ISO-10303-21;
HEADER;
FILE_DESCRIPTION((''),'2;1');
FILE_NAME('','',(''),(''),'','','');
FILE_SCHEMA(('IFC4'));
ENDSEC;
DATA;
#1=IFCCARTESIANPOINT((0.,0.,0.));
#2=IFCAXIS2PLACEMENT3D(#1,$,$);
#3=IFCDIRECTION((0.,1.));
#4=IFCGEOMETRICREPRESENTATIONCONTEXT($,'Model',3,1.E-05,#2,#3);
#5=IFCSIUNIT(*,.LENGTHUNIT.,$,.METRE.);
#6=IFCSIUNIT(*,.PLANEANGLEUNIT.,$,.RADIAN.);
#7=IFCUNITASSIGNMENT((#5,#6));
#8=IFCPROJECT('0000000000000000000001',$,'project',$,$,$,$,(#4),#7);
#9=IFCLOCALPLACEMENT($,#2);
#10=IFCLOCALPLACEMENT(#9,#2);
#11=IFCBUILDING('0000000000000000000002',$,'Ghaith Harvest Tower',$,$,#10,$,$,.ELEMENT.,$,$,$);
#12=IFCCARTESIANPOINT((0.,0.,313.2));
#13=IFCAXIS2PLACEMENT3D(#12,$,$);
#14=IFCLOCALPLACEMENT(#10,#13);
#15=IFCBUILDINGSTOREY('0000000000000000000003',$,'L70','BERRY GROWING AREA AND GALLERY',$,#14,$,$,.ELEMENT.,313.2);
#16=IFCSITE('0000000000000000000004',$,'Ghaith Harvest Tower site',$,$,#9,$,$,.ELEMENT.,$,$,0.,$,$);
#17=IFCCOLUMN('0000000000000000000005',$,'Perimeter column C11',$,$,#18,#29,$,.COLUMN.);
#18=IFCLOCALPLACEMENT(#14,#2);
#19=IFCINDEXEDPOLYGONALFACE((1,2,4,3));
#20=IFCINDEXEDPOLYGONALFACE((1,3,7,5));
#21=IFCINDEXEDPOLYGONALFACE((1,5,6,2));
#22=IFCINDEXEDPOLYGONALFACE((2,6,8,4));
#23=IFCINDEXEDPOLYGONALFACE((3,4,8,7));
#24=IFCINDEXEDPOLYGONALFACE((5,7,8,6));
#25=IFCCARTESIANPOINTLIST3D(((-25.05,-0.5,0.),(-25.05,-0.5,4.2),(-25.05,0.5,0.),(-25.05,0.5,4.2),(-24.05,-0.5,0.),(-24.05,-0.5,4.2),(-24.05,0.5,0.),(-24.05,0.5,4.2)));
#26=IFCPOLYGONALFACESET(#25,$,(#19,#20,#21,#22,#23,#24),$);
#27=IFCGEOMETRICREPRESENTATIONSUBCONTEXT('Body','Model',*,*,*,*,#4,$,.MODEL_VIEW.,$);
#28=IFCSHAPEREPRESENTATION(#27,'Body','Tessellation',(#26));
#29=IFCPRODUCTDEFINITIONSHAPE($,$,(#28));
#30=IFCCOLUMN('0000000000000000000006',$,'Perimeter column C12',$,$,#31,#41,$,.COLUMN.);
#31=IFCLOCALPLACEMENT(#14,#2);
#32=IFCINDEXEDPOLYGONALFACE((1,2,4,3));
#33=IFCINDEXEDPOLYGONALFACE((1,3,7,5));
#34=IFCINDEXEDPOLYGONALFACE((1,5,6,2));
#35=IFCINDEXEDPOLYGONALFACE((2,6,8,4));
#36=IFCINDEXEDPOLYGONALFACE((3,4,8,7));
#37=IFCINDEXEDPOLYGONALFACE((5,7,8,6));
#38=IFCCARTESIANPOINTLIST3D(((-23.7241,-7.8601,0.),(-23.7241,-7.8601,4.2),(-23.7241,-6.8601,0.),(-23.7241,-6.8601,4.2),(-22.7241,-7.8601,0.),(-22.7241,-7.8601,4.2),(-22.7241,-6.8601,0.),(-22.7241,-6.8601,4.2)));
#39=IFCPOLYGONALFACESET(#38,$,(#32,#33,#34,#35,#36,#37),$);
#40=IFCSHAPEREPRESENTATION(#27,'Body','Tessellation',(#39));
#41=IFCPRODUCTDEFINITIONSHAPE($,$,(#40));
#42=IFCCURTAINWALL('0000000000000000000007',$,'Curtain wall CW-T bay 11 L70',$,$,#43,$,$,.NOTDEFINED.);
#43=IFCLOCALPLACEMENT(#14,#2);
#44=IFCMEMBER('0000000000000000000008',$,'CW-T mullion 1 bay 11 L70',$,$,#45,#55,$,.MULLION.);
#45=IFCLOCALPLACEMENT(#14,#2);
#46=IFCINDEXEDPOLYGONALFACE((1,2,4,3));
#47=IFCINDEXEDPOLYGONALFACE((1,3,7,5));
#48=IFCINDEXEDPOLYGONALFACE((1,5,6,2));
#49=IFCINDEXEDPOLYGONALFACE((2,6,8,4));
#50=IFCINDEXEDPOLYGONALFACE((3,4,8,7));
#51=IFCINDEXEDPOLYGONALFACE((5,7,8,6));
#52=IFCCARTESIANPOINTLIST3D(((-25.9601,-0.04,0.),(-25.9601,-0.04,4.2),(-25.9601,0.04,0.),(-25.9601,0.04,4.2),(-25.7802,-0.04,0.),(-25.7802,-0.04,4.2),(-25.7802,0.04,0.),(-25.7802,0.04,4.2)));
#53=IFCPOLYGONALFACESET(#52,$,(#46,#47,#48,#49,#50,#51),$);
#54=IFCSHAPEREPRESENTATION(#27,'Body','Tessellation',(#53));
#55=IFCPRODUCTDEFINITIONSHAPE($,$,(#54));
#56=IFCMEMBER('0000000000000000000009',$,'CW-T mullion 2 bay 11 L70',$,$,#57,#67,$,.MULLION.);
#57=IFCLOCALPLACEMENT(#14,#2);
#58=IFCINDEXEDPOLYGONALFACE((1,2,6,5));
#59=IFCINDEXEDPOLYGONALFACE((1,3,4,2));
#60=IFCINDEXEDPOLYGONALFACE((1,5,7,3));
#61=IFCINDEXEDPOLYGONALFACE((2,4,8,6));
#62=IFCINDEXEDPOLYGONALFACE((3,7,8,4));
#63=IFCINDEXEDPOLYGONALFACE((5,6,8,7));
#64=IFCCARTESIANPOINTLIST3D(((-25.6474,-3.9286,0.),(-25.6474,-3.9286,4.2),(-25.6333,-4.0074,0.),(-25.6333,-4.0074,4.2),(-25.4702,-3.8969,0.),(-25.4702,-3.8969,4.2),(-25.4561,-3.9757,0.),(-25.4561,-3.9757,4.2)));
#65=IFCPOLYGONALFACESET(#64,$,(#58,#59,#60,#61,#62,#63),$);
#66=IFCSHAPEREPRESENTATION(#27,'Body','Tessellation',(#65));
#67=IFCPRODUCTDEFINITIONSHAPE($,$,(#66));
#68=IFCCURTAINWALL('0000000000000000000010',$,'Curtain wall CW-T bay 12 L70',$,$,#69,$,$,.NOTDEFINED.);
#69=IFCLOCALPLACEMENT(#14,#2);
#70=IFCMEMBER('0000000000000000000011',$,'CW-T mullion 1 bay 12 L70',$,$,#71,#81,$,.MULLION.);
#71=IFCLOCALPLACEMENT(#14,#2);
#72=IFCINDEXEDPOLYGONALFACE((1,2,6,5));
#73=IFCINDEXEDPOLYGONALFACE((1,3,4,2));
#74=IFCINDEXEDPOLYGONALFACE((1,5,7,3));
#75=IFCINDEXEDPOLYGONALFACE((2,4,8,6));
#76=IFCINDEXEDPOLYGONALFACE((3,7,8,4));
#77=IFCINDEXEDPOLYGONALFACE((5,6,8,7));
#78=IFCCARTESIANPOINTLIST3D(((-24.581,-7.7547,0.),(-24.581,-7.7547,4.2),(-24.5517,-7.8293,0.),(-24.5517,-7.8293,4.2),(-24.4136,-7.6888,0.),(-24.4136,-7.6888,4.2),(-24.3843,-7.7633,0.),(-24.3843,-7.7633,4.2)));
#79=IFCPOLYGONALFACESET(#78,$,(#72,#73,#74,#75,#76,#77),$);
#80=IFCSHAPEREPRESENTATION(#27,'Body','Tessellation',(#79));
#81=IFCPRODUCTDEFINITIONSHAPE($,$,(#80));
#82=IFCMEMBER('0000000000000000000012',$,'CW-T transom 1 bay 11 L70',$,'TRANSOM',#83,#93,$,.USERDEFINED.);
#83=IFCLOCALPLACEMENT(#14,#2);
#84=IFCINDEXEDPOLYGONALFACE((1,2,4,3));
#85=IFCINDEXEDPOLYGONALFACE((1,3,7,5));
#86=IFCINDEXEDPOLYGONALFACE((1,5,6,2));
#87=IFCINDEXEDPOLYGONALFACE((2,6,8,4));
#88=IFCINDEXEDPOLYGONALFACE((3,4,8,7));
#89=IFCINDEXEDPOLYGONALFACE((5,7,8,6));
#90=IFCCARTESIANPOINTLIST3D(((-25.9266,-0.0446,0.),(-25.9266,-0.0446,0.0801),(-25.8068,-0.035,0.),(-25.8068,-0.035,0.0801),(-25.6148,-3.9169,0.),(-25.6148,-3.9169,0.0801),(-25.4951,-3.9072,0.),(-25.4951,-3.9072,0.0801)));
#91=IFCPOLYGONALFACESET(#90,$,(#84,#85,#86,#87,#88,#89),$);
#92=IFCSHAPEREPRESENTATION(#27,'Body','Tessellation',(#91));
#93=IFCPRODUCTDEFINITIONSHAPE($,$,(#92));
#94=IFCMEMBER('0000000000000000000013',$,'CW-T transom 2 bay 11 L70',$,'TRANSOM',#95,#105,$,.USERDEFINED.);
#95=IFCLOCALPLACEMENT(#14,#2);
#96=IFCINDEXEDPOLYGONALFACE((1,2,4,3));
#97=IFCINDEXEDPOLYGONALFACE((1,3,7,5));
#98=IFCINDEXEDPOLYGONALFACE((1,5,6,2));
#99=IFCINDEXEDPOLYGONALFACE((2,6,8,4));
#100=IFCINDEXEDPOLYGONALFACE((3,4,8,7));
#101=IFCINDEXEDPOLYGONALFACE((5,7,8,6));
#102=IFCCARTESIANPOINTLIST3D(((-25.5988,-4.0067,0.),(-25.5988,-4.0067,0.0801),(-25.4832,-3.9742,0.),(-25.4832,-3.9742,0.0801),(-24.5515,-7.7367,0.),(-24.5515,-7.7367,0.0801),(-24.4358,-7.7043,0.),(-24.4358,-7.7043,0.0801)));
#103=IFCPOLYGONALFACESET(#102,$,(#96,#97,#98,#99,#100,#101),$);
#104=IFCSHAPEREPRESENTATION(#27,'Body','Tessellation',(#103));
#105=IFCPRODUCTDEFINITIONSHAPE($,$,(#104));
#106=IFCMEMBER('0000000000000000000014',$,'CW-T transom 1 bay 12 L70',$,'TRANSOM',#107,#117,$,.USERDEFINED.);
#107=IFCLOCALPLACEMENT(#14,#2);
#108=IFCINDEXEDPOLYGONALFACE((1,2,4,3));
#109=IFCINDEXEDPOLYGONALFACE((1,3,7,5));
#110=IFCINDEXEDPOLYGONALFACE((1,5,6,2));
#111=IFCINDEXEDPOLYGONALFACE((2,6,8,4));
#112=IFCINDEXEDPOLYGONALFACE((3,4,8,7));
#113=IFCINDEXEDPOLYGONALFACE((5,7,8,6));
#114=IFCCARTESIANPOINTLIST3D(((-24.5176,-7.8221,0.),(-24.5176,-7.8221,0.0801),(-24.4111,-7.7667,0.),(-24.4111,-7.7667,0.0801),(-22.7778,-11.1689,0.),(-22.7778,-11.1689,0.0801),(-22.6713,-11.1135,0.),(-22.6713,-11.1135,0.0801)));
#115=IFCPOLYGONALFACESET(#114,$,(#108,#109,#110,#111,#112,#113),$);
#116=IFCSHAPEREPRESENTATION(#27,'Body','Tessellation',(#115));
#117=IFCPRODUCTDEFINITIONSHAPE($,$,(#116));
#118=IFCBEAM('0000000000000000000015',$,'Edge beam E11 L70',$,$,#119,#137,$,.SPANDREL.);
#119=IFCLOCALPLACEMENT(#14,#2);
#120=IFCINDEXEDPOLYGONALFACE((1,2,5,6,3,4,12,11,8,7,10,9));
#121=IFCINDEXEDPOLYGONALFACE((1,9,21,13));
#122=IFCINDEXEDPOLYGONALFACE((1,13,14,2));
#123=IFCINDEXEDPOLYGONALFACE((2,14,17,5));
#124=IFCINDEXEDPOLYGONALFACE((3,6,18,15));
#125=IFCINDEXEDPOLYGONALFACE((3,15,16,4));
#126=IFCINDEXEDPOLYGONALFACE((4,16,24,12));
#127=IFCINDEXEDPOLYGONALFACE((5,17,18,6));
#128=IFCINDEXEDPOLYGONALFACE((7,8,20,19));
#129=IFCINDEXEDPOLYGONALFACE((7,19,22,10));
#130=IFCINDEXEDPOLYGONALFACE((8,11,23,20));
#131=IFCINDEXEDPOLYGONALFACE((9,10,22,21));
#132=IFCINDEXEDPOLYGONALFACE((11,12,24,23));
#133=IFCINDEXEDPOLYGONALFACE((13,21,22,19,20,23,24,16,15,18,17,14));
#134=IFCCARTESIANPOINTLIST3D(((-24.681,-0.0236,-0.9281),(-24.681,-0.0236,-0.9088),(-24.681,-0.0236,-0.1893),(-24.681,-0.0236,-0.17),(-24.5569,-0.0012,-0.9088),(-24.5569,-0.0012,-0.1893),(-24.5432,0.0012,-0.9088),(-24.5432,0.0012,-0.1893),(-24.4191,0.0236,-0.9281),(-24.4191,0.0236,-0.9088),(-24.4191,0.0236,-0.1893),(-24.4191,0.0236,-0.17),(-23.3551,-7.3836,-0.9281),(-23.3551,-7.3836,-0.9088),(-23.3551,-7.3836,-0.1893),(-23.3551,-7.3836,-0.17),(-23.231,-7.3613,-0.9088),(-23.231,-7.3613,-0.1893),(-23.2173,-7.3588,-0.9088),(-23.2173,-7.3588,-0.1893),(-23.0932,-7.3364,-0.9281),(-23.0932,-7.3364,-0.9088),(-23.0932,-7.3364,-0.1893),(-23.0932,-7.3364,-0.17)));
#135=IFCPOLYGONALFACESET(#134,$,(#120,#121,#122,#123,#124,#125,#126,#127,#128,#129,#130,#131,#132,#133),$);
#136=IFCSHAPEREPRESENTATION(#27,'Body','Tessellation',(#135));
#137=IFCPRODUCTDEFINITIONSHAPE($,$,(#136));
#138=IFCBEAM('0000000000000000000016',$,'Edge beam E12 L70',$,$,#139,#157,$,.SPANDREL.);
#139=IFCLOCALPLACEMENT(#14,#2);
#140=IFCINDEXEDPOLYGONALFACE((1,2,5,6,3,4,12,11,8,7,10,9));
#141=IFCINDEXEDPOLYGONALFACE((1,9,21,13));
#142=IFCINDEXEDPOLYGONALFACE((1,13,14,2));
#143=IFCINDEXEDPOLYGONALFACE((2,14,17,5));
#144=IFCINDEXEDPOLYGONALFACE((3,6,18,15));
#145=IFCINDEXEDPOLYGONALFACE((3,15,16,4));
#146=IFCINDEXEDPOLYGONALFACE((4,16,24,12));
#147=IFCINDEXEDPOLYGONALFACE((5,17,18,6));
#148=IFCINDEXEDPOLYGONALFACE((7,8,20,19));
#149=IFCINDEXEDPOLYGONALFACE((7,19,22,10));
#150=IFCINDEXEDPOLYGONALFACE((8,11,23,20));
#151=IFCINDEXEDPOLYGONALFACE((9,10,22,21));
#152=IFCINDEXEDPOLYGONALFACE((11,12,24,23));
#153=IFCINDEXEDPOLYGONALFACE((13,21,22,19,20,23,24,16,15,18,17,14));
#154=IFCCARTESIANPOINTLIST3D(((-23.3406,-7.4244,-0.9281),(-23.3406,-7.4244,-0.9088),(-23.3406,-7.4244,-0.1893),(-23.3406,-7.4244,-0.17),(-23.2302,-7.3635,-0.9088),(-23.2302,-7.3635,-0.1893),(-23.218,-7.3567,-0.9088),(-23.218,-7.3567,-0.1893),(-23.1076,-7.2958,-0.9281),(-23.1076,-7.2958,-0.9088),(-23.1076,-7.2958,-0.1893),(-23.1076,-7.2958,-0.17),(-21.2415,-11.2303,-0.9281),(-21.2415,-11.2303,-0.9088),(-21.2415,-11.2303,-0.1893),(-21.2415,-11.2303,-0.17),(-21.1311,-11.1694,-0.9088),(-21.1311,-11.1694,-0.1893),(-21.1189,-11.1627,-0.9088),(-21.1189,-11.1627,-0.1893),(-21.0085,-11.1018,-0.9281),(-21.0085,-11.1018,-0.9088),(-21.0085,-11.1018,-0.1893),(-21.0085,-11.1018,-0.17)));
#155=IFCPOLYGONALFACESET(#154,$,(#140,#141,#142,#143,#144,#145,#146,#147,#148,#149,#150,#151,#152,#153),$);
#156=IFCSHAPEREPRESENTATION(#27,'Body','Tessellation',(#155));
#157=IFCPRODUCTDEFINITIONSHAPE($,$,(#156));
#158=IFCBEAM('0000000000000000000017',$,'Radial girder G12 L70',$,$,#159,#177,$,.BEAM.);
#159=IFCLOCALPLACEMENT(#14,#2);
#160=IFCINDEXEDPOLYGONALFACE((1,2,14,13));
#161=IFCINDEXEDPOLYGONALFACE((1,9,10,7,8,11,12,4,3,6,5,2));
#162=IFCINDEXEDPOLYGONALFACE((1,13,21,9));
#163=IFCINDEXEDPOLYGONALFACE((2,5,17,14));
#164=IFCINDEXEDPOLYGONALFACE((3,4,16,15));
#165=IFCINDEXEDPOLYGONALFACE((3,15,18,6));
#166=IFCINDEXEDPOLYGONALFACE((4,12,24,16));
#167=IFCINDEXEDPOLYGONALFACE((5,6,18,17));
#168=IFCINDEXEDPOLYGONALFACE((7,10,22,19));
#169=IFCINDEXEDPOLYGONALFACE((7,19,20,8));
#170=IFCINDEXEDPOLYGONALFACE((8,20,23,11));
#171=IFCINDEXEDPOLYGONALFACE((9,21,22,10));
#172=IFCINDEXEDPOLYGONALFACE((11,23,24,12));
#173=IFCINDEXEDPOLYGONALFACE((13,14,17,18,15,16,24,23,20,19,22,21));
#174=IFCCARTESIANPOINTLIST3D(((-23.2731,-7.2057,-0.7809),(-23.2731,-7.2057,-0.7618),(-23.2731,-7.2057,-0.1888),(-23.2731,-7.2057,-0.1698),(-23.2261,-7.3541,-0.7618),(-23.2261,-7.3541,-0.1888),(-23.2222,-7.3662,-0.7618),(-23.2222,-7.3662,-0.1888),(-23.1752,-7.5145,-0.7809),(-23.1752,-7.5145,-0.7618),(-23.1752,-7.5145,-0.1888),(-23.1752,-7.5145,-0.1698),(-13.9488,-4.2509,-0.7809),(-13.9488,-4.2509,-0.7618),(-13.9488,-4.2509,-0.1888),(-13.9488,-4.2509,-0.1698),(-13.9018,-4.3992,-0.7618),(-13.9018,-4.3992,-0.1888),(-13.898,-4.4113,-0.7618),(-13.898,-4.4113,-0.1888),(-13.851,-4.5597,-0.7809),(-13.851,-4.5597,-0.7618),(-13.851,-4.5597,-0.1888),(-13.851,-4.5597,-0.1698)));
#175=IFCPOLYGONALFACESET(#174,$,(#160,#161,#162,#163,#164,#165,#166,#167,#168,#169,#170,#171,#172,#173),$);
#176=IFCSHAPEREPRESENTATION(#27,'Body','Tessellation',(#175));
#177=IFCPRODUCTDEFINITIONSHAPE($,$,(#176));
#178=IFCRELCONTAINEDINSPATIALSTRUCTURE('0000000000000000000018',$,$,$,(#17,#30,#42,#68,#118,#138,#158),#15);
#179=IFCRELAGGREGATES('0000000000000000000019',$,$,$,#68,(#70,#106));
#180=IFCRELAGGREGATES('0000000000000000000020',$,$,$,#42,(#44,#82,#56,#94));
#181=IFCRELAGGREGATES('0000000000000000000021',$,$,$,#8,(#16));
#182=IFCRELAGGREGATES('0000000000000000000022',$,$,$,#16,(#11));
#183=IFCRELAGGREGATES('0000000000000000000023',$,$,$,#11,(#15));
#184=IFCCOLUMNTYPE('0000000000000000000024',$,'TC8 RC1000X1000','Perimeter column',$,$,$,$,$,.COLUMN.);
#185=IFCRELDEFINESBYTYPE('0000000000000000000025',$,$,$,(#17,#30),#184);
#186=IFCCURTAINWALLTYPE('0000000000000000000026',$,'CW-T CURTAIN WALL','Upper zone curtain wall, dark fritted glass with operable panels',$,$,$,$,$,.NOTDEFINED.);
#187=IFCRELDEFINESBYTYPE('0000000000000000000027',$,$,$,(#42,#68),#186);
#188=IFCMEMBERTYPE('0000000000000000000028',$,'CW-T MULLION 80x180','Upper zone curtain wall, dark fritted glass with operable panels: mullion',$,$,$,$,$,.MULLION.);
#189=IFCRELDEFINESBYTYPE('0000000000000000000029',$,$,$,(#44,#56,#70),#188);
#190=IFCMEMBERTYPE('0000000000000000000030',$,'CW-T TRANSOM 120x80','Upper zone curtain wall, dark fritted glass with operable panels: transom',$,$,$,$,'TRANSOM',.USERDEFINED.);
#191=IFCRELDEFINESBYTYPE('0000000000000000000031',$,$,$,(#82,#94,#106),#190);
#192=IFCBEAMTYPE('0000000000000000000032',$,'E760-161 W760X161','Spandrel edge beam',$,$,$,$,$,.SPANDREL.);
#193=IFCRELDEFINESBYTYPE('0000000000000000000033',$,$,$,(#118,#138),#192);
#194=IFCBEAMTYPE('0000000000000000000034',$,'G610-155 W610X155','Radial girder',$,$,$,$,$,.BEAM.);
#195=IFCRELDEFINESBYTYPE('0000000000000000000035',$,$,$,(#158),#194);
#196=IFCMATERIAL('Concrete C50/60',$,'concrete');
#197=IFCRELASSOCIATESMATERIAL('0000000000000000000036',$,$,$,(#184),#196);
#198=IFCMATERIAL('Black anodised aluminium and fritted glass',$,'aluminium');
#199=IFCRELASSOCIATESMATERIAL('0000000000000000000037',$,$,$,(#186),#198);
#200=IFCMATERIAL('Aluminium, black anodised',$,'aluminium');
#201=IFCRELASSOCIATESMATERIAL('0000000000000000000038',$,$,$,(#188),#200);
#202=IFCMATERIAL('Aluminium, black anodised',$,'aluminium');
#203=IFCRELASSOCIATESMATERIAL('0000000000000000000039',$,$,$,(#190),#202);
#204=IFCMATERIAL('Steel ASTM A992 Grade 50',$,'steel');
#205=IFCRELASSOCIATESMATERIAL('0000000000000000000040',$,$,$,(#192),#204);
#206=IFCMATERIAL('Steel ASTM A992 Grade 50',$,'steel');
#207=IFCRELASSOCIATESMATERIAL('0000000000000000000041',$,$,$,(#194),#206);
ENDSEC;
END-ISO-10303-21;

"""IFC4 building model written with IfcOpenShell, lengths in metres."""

from ifc_helpers import new_model, si_unit, direction, frame, origin, origin_2d, place, context, subcontext, project, spatial, rectangle, i_section, extrude, material, material_profile, profile_set, type_object, element, aggregate, save


model = new_model("IFC4")

# Units and contexts
model_context = context("Model", 3, precision=1e-05, world=origin(), true_north=direction((0.0, 1.0)))
body_context = subcontext(model_context, "Body", "Model", "MODEL_VIEW")
ifc_project = project(units=[si_unit("LENGTHUNIT", "METRE"), si_unit("PLANEANGLEUNIT", "RADIAN")], contexts=[model_context])

# Site, building, storey
site_placement = place(None, origin())
site = spatial("IfcSite", under=ifc_project, at=site_placement, Name="Ghaith Harvest Tower site", CompositionType="ELEMENT", RefElevation=0.0)
building_placement = place(site_placement, origin())
building = spatial("IfcBuilding", under=site, at=building_placement, Name="Ghaith Harvest Tower", CompositionType="ELEMENT")
storey_placement = place(building_placement, frame((0.0, 0.0, 313.2)))
storey = spatial("IfcBuildingStorey", under=building, at=storey_placement, Name="L70", Description="BERRY GROWING AREA AND GALLERY", CompositionType="ELEMENT", Elevation=313.2)

# Columns
ifc_material_1 = material(Name="Concrete C50/60", Category="concrete")
ifc_material_profile_1 = material_profile(ifc_material_1, rectangle(XDim=1.0, YDim=1.0, at=origin_2d()), Name="RC1000X1000")
ifc_profile_set_1 = profile_set([ifc_material_profile_1], Name="Concrete C50/60")
column_type = type_object("IfcColumnType", Name="TC8 RC1000X1000", Description="Perimeter column", PredefinedType="COLUMN", material=ifc_profile_set_1)
for number, where, z_axis, x_axis, name in (
    (1, (-24.55, 0.0, 0.0), (0.0, 0.0, 1.0), (1.0, 0.0, 0.0), "Perimeter column C11"),
    (2, (-23.2241, -7.3601, 0.0), (0.0, 0.0, 1.0), (1.0, 0.0, 0.0), "Perimeter column C12"),
):
    element("IfcColumn", number, at=place(storey_placement, frame(where, z_axis=z_axis, x_axis=x_axis)), inside=storey, type_object=column_type, Name=name, PredefinedType="COLUMN", context=body_context, shape_type="SweptSolid", body=[
        extrude(rectangle(XDim=1.0, YDim=1.0, at=origin_2d()), origin(), (0.0, 0.0, 1.0), 4.2),
    ])

# Curtain wall, members
ifc_material_2 = material(Name="Black anodised aluminium and fritted glass", Category="aluminium")
curtain_wall_type = type_object("IfcCurtainWallType", Name="CW-T CURTAIN WALL", Description="Upper zone curtain wall, dark fritted glass with operable panels", PredefinedType="NOTDEFINED", material=ifc_material_2)
curtain_wall_1_placement = place(storey_placement, origin())
curtain_wall_1 = element("IfcCurtainWall", 3, at=curtain_wall_1_placement, inside=storey, type_object=curtain_wall_type, Name="Curtain wall CW-T bay 11 L70", PredefinedType="NOTDEFINED")
ifc_material_3 = material(Name="Aluminium, black anodised", Category="aluminium")
ifc_material_profile_2 = material_profile(ifc_material_3, rectangle(XDim=0.0801, YDim=0.1799, at=origin_2d()), Name="CW-T MULLION 80x180")
ifc_profile_set_2 = profile_set([ifc_material_profile_2], Name="Aluminium, black anodised")
member_type_1 = type_object("IfcMemberType", Name="CW-T MULLION 80x180", Description="Upper zone curtain wall, dark fritted glass with operable panels: mullion", PredefinedType="MULLION", material=ifc_profile_set_2)
member_1_placement = place(storey_placement, frame((-25.8701, 0.0, 0.0), z_axis=(0.0, 0.0, 1.0), x_axis=(0.0, -1.0, 0.0)))
member_1 = element("IfcMember", 4, at=member_1_placement, type_object=member_type_1, Name="CW-T mullion 1 bay 11 L70", PredefinedType="MULLION", context=body_context, shape_type="SweptSolid", body=[
    extrude(rectangle(XDim=0.0801, YDim=0.1799, at=origin_2d()), origin(), (0.0, 0.0, 1.0), 4.2),
])
member_2_placement = place(storey_placement, frame((-25.5518, -3.9521, 0.0), z_axis=(0.0, 0.0, 1.0), x_axis=(0.176001, -0.98439, 0.0)))
member_2 = element("IfcMember", 5, at=member_2_placement, type_object=member_type_1, Name="CW-T mullion 2 bay 11 L70", PredefinedType="MULLION", context=body_context, shape_type="SweptSolid", body=[
    extrude(rectangle(XDim=0.0801, YDim=0.1799, at=origin_2d()), origin(), (0.0, 0.0, 1.0), 4.2),
])

# Curtain wall, member
curtain_wall_2_placement = place(storey_placement, origin())
curtain_wall_2 = element("IfcCurtainWall", 6, at=curtain_wall_2_placement, inside=storey, type_object=curtain_wall_type, Name="Curtain wall CW-T bay 12 L70", PredefinedType="NOTDEFINED")
member_3_placement = place(storey_placement, frame((-24.4827, -7.759, 0.0), z_axis=(0.0, 0.0, 1.0), x_axis=(0.366473, -0.930429, 0.0)))
member_3 = element("IfcMember", 7, at=member_3_placement, type_object=member_type_1, Name="CW-T mullion 1 bay 12 L70", PredefinedType="MULLION", context=body_context, shape_type="SweptSolid", body=[
    extrude(rectangle(XDim=0.0801, YDim=0.1799, at=origin_2d()), origin(), (0.0, 0.0, 1.0), 4.2),
])

# Members
ifc_material_4 = material(Name="Aluminium, black anodised", Category="aluminium")
ifc_material_profile_3 = material_profile(ifc_material_4, rectangle(XDim=0.1201, YDim=0.0801, at=origin_2d()), Name="CW-T TRANSOM 120x80")
ifc_profile_set_3 = profile_set([ifc_material_profile_3], Name="Aluminium, black anodised")
member_type_2 = type_object("IfcMemberType", Name="CW-T TRANSOM 120x80", Description="Upper zone curtain wall, dark fritted glass with operable panels: transom", ElementType="TRANSOM", PredefinedType="USERDEFINED", material=ifc_profile_set_3)
member_4_placement = place(storey_placement, frame((-25.8667, -0.0398, 0.04), z_axis=(0.080252, -0.996775, 0.0), x_axis=(0.996775, 0.080252, 0.0)))
member_4 = element("IfcMember", 8, at=member_4_placement, type_object=member_type_2, Name="CW-T transom 1 bay 11 L70", ObjectType="TRANSOM", PredefinedType="USERDEFINED", context=body_context, shape_type="SweptSolid", body=[
    extrude(rectangle(XDim=0.1201, YDim=0.0801, at=origin_2d()), origin(), (0.0, 0.0, 1.0), 3.8848),
])
member_5_placement = place(storey_placement, frame((-25.541, -3.9905, 0.04), z_axis=(0.27034, -0.962765, 0.0), x_axis=(0.962765, 0.27034, 0.0)))
member_5 = element("IfcMember", 9, at=member_5_placement, type_object=member_type_2, Name="CW-T transom 2 bay 11 L70", ObjectType="TRANSOM", PredefinedType="USERDEFINED", context=body_context, shape_type="SweptSolid", body=[
    extrude(rectangle(XDim=0.1201, YDim=0.0801, at=origin_2d()), origin(), (0.0, 0.0, 1.0), 3.8743),
])
member_6_placement = place(storey_placement, frame((-24.4644, -7.7944, 0.04), z_axis=(0.461243, -0.887274, 0.0), x_axis=(0.887274, 0.461243, 0.0)))
member_6 = element("IfcMember", 10, at=member_6_placement, type_object=member_type_2, Name="CW-T transom 1 bay 12 L70", ObjectType="TRANSOM", PredefinedType="USERDEFINED", context=body_context, shape_type="SweptSolid", body=[
    extrude(rectangle(XDim=0.1201, YDim=0.0801, at=origin_2d()), origin(), (0.0, 0.0, 1.0), 3.772),
])
aggregate(curtain_wall_2, [member_3, member_6])

# Beams
ifc_material_5 = material(Name="Steel ASTM A992 Grade 50", Category="steel")
ifc_material_profile_4 = material_profile(ifc_material_5, i_section(OverallWidth=0.2661, OverallDepth=0.7581, WebThickness=0.0139, FlangeThickness=0.0193, at=origin_2d()), Name="W760X161")
ifc_profile_set_4 = profile_set([ifc_material_profile_4], Name="Steel ASTM A992 Grade 50")
beam_type_1 = type_object("IfcBeamType", Name="E760-161 W760X161", Description="Spandrel edge beam", PredefinedType="SPANDREL", material=ifc_profile_set_4)
beam_1_placement = place(storey_placement, frame((-24.55, 0.0, -0.5491), z_axis=(0.177297, -0.984157, 0.0), x_axis=(0.984157, 0.177297, 0.0)))
element("IfcBeam", 11, at=beam_1_placement, inside=storey, type_object=beam_type_1, Name="Edge beam E11 L70", PredefinedType="SPANDREL", context=body_context, shape_type="SweptSolid", body=[
    extrude(i_section(OverallWidth=0.2661, OverallDepth=0.7581, WebThickness=0.0139, FlangeThickness=0.0193, at=origin_2d()), origin(), (0.0, 0.0, 1.0), 7.4785),
])
beam_2_placement = place(storey_placement, frame((-23.2241, -7.3601, -0.5491), z_axis=(0.482956, -0.875645, 0.0), x_axis=(0.875645, 0.482956, 0.0)))
element("IfcBeam", 12, at=beam_2_placement, inside=storey, type_object=beam_type_1, Name="Edge beam E12 L70", PredefinedType="SPANDREL", context=body_context, shape_type="SweptSolid", body=[
    extrude(i_section(OverallWidth=0.2661, OverallDepth=0.7581, WebThickness=0.0139, FlangeThickness=0.0193, at=origin_2d()), origin(), (0.0, 0.0, 1.0), 4.3464),
])
ifc_material_6 = material(Name="Steel ASTM A992 Grade 50", Category="steel")
ifc_material_profile_5 = material_profile(ifc_material_6, i_section(OverallWidth=0.324, OverallDepth=0.6111, WebThickness=0.0127, FlangeThickness=0.019, at=origin_2d()), Name="W610X155")
ifc_profile_set_5 = profile_set([ifc_material_profile_5], Name="Steel ASTM A992 Grade 50")
beam_type_2 = type_object("IfcBeamType", Name="G610-155 W610X155", Description="Radial girder", PredefinedType="BEAM", material=ifc_profile_set_5)
beam_3_placement = place(storey_placement, frame((-13.8999, -4.4053, -0.4753), z_axis=(-0.953279, -0.302093, 0.0), x_axis=(0.302093, -0.953279, 0.0)))
element("IfcBeam", 13, at=beam_3_placement, inside=storey, type_object=beam_type_2, Name="Radial girder G12 L70", PredefinedType="BEAM", context=body_context, shape_type="SweptSolid", body=[
    extrude(i_section(OverallWidth=0.324, OverallDepth=0.6111, WebThickness=0.0127, FlangeThickness=0.019, at=origin_2d()), origin(), (0.0, 0.0, 1.0), 9.7812),
])

aggregate(curtain_wall_1, [member_1, member_4, member_2, member_5])

save(model, "model.ifc")
